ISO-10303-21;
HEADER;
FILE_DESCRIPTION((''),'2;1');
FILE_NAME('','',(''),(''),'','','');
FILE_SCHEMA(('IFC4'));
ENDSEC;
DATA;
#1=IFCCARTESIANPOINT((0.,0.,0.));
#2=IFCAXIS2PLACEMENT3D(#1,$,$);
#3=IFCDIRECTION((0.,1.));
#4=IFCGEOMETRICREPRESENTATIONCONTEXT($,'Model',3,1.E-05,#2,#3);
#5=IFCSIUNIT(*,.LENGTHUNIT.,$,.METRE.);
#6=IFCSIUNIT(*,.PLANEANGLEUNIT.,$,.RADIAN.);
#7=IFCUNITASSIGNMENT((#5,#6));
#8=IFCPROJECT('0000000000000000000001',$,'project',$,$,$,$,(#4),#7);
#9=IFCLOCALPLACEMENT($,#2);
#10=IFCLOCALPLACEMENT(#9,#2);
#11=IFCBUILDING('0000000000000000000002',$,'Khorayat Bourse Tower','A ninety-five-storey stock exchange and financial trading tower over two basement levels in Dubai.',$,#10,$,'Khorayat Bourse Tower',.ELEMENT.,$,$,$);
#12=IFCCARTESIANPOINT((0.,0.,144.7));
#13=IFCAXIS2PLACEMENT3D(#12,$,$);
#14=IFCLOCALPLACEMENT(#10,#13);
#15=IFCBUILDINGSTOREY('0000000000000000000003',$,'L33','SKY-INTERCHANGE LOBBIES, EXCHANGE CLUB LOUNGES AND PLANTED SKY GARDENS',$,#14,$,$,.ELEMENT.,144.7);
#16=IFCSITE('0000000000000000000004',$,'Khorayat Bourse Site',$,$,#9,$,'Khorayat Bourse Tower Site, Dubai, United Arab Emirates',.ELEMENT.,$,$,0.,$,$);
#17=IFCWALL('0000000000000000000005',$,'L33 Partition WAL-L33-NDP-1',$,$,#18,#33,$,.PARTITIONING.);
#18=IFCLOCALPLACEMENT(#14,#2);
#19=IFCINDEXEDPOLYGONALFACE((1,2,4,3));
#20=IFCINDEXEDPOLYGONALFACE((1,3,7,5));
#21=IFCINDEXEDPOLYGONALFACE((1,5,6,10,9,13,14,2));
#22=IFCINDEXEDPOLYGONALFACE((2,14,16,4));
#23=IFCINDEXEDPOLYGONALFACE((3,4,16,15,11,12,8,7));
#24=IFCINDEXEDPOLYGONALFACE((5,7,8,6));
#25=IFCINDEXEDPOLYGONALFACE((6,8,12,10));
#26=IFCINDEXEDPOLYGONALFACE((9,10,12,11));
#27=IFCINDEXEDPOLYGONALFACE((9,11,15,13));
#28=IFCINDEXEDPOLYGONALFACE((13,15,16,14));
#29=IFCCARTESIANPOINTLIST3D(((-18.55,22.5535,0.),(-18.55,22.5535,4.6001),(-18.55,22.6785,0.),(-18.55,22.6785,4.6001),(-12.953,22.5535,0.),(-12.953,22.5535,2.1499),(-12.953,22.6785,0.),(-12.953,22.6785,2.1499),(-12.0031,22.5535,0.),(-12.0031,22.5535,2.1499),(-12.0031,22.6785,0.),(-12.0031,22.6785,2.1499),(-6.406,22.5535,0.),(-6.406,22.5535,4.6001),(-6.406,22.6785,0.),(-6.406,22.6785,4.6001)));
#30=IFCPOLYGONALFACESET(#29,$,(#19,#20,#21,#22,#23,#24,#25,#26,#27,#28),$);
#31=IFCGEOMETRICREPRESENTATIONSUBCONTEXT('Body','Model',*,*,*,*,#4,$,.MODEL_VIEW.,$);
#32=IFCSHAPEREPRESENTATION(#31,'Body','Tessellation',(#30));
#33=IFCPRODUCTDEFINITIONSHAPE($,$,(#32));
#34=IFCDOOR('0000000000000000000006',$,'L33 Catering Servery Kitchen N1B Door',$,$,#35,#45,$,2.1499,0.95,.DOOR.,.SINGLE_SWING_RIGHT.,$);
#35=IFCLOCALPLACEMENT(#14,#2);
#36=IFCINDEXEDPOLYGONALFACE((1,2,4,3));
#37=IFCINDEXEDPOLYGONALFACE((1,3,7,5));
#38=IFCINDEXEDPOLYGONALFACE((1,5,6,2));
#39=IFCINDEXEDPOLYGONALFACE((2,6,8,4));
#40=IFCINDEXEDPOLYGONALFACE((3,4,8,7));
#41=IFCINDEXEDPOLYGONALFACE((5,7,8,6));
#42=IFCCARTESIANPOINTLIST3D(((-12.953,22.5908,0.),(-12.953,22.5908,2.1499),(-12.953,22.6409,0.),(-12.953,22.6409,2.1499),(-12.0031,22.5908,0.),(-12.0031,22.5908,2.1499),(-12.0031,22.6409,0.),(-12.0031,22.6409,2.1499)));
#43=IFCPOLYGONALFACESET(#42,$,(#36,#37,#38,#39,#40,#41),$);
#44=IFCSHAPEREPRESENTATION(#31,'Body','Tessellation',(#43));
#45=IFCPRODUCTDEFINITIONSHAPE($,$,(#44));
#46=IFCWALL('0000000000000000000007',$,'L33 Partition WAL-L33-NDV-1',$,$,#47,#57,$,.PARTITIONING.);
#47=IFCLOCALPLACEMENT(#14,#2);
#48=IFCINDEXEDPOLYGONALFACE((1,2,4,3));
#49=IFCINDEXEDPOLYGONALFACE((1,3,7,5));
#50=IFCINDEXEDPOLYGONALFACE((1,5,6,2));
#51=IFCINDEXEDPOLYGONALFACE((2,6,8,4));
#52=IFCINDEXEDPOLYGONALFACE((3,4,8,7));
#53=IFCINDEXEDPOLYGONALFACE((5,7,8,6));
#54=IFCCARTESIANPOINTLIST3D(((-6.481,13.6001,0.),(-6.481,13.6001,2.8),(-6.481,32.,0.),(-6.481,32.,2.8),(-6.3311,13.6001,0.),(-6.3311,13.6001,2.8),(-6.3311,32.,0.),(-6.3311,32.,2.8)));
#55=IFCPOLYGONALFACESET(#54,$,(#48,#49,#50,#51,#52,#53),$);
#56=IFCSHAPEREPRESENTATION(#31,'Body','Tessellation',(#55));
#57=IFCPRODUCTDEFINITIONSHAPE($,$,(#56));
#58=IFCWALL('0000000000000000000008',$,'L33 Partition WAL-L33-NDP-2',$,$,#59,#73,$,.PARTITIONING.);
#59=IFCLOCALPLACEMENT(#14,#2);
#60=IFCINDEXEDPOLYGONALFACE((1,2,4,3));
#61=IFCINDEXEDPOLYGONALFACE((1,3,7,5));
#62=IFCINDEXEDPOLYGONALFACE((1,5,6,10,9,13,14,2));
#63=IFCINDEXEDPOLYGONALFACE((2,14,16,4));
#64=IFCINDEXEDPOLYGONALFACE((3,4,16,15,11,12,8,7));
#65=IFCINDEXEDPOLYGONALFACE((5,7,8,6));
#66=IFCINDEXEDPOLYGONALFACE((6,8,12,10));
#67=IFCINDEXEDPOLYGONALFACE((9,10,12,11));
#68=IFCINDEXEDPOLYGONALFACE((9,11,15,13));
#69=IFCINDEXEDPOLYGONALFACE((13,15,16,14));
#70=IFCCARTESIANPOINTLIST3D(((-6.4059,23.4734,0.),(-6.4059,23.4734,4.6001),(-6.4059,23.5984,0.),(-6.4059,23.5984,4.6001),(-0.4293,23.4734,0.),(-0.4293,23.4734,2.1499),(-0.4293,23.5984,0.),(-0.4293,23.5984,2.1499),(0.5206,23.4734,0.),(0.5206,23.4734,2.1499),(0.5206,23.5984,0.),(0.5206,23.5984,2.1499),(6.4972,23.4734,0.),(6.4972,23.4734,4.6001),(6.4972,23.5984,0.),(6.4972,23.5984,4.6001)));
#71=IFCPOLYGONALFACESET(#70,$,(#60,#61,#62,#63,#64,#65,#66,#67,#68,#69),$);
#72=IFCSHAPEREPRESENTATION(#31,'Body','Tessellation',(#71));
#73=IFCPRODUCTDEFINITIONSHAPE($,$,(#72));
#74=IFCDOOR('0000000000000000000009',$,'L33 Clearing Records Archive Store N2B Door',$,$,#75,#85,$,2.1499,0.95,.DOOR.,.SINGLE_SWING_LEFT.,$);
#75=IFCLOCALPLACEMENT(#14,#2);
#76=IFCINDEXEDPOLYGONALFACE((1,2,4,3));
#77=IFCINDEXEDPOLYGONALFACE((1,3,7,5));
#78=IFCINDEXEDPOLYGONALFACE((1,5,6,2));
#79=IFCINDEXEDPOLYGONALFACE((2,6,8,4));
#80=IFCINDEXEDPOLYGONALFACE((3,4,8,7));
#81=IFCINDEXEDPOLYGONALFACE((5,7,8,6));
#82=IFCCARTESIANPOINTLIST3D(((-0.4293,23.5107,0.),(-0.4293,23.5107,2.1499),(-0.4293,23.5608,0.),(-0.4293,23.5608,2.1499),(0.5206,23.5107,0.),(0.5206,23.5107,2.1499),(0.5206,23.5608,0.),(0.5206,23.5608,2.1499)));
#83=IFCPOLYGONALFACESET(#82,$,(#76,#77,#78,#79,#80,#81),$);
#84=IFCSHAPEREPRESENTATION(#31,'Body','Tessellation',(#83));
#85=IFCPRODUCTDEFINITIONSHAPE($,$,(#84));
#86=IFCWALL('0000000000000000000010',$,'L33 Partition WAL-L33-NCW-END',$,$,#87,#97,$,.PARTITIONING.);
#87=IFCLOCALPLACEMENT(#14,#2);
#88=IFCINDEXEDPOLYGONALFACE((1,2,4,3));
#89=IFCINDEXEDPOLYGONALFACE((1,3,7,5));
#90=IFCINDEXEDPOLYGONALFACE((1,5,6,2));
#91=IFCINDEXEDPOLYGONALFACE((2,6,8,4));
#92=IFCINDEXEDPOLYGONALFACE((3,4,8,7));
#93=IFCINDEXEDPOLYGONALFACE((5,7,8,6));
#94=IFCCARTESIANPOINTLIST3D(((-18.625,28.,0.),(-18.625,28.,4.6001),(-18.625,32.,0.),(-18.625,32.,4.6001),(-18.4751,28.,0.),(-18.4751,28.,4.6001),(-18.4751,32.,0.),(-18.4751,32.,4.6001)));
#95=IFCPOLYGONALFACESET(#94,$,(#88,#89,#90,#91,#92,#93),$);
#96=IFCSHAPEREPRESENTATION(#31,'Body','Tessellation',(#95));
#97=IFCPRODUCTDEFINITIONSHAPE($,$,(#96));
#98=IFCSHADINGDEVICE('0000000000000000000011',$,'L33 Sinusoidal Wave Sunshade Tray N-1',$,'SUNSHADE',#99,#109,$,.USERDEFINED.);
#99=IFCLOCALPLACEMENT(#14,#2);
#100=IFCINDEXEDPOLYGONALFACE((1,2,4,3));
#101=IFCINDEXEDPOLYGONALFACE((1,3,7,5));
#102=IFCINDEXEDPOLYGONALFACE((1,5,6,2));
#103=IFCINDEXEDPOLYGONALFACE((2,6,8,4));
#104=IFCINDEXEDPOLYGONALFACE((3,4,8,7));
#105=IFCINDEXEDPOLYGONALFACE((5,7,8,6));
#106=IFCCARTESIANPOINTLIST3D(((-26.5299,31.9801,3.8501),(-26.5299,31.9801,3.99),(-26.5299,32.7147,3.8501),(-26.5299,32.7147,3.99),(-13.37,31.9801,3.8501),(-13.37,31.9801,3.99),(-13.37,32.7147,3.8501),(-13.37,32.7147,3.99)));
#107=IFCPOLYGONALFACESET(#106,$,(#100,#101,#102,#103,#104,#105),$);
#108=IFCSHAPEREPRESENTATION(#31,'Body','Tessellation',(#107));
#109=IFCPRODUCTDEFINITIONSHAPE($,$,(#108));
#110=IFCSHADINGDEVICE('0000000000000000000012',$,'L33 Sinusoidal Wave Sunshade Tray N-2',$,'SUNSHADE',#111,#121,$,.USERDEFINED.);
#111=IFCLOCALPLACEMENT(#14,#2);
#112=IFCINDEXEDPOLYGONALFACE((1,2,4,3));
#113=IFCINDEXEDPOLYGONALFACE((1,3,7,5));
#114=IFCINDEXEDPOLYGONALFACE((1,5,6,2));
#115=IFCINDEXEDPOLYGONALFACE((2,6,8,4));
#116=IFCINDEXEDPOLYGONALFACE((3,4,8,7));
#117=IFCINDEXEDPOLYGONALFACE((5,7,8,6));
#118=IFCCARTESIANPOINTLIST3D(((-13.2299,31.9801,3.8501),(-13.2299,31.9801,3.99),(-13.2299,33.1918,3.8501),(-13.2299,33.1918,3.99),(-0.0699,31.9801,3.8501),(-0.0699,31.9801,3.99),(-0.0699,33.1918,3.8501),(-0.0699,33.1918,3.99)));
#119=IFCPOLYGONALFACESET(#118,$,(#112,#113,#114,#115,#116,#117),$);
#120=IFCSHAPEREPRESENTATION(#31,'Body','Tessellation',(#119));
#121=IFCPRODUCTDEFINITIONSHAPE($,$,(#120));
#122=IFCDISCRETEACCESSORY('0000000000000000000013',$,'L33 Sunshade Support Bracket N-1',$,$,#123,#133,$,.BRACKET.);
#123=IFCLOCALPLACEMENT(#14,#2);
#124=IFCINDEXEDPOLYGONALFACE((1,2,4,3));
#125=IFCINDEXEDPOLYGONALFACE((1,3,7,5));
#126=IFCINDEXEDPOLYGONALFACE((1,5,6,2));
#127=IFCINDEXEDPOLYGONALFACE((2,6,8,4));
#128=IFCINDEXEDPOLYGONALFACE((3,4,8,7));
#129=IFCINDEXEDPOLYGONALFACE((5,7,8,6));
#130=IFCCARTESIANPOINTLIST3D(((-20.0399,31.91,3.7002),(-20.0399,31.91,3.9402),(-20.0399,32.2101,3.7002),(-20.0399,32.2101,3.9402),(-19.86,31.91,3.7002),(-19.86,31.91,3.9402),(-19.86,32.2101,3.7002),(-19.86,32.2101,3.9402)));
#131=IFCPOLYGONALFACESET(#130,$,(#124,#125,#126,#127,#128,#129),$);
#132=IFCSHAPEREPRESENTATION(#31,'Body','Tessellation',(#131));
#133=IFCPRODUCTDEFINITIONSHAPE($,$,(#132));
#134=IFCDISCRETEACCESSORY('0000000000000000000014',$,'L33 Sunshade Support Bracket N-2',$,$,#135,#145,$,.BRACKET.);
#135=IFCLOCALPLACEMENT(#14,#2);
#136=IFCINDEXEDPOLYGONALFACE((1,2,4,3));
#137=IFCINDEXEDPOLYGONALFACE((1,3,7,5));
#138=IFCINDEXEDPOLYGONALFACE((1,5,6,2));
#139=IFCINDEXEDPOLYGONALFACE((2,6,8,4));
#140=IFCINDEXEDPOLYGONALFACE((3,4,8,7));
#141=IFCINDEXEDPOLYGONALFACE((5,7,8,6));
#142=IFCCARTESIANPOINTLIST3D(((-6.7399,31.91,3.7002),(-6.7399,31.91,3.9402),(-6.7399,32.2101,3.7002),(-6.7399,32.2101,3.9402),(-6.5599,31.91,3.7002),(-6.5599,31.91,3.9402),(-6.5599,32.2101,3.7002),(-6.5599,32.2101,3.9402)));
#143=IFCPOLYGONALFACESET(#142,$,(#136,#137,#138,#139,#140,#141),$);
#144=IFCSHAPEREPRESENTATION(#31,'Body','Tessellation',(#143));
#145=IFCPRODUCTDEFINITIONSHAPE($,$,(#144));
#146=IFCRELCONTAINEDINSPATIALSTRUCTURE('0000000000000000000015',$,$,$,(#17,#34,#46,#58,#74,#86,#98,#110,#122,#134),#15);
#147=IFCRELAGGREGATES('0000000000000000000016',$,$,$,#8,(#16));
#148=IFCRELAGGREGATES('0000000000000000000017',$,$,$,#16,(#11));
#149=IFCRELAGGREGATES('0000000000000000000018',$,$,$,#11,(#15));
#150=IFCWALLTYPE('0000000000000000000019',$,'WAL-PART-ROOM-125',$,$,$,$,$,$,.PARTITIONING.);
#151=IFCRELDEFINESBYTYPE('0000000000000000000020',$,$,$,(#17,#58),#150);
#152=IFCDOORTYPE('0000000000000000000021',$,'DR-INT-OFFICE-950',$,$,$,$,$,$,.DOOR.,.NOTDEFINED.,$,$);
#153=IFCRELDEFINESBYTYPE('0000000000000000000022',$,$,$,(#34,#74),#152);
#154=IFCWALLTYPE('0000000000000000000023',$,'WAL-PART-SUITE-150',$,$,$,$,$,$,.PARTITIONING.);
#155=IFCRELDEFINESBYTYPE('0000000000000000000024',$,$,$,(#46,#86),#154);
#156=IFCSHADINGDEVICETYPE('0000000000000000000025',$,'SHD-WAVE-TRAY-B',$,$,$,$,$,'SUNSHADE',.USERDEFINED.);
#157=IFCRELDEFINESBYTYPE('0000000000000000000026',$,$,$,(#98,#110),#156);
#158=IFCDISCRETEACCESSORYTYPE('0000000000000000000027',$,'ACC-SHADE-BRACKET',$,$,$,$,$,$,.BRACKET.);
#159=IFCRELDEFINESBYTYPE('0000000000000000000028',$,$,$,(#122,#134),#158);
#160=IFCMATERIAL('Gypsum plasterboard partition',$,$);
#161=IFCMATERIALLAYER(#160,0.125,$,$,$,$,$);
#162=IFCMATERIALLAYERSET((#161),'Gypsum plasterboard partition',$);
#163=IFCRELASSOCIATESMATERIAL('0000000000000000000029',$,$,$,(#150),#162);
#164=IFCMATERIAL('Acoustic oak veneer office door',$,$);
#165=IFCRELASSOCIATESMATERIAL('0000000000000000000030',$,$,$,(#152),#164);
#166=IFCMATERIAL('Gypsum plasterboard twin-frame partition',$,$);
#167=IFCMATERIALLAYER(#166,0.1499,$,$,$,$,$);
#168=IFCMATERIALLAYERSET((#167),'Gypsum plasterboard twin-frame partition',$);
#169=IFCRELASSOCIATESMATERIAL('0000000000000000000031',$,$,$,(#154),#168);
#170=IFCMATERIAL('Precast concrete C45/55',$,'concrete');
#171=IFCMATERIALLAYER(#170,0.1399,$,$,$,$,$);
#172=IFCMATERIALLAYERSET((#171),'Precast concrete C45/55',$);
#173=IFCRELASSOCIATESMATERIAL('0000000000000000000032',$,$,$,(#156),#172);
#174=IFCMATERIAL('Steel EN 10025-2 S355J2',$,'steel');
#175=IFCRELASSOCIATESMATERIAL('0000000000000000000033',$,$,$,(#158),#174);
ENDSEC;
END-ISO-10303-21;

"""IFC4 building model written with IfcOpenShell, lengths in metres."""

from ifc_helpers import new_model, si_unit, direction, frame, frame_2d, origin, origin_2d, place, context, subcontext, project, spatial, rectangle, extrude, source, transform, mapped, material, layer, layer_set, type_object, element, fill, save


model = new_model("IFC4")

# Units and contexts
model_context = context("Model", 3, precision=1e-05, world=origin(), true_north=direction((0.0, 1.0)))
body_context = subcontext(model_context, "Body", "Model", "MODEL_VIEW")
ifc_project = project(units=[si_unit("LENGTHUNIT", "METRE"), si_unit("PLANEANGLEUNIT", "RADIAN")], contexts=[model_context])

# Site, building, storey
site_placement = place(None, origin())
site = spatial("IfcSite", under=ifc_project, at=site_placement, Name="Khorayat Bourse Site", LongName="Khorayat Bourse Tower Site, Dubai, United Arab Emirates", CompositionType="ELEMENT", RefElevation=0.0)
building_placement = place(site_placement, origin())
building = spatial("IfcBuilding", under=site, at=building_placement, Name="Khorayat Bourse Tower", Description="A ninety-five-storey stock exchange and financial trading tower over two basement levels in Dubai.", LongName="Khorayat Bourse Tower", CompositionType="ELEMENT")
storey_placement = place(building_placement, frame((0.0, 0.0, 144.7)))
storey = spatial("IfcBuildingStorey", under=building, at=storey_placement, Name="L33", Description="SKY-INTERCHANGE LOBBIES, EXCHANGE CLUB LOUNGES AND PLANTED SKY GARDENS", CompositionType="ELEMENT", Elevation=144.7)

# Shared definitions
ifc_material_1 = material(Name="Steel EN 10025-2 S355J2", Category="steel")

# Wall, opening, door
ifc_material_2 = material(Name="Gypsum plasterboard partition")
ifc_layer_1 = layer(ifc_material_2, 0.125)
ifc_layer_set_1 = layer_set([ifc_layer_1], Name="Gypsum plasterboard partition")
wall_type_1 = type_object("IfcWallType", Name="WAL-PART-ROOM-125", PredefinedType="PARTITIONING", material=ifc_layer_set_1)
shared_shape_1 = source(origin(), body_context, "Body", "SweptSolid", [
    extrude(rectangle(XDim=12.144, YDim=0.125, at=frame_2d((6.072, 0.0))), origin(), (0.0, 0.0, 1.0), 4.6001),
])
wall_1_placement = place(storey_placement, frame((-18.55, 22.616, 0.0), z_axis=(0.0, 0.0, 1.0), x_axis=(1.0, 0.0, 0.0)))
wall_1 = element("IfcWall", 1, at=wall_1_placement, inside=storey, type_object=wall_type_1, Name="L33 Partition WAL-L33-NDP-1", PredefinedType="PARTITIONING", context=body_context, shape_type="MappedRepresentation", body=[
    mapped(shared_shape_1, transform((0.0, 0.0, 0.0), scale=1.0)),
])
shared_shape_2 = source(origin(), body_context, "Body", "SweptSolid", [
    extrude(rectangle(XDim=0.95, YDim=2.1499, at=frame_2d((0.4751, 1.075))), frame((0.0, 0.0725, 0.0), z_axis=(0.0, -1.0, 0.0), x_axis=(1.0, 0.0, 0.0)), (0.0, 0.0, 1.0), 0.145),
])
opening_1_placement = place(wall_1_placement, frame((5.5969, 0.0, 0.0)))
opening_1 = element("IfcOpeningElement", 2, at=opening_1_placement, cuts=wall_1, PredefinedType="OPENING", context=body_context, shape_type="MappedRepresentation", body=[
    mapped(shared_shape_2, transform((0.0, 0.0, 0.0), scale=1.0)),
])
ifc_material_3 = material(Name="Acoustic oak veneer office door")
door_type_1 = type_object("IfcDoorType", Name="DR-INT-OFFICE-950", OperationType="NOTDEFINED", PredefinedType="DOOR", material=ifc_material_3)
shared_shape_3 = source(origin(), body_context, "Body", "SweptSolid", [
    extrude(rectangle(XDim=0.95, YDim=2.1499, at=frame_2d((0.4751, 1.075))), frame((0.0, 0.0249, 0.0), z_axis=(0.0, -1.0, 0.0), x_axis=(1.0, 0.0, 0.0)), (0.0, 0.0, 1.0), 0.05),
])
door_1_placement = place(opening_1_placement, origin())
door_1 = element("IfcDoor", 3, at=door_1_placement, inside=storey, type_object=door_type_1, Name="L33 Catering Servery Kitchen N1B Door", OperationType="SINGLE_SWING_RIGHT", OverallHeight=2.1499, OverallWidth=0.95, PredefinedType="DOOR", context=body_context, shape_type="MappedRepresentation", body=[
    mapped(shared_shape_3, transform((0.0, 0.0, 0.0), scale=1.0)),
])
fill(opening_1, door_1)

# Wall
ifc_material_4 = material(Name="Gypsum plasterboard twin-frame partition")
ifc_layer_2 = layer(ifc_material_4, 0.1499)
ifc_layer_set_2 = layer_set([ifc_layer_2], Name="Gypsum plasterboard twin-frame partition")
wall_type_2 = type_object("IfcWallType", Name="WAL-PART-SUITE-150", PredefinedType="PARTITIONING", material=ifc_layer_set_2)
shared_shape_4 = source(origin(), body_context, "Body", "SweptSolid", [
    extrude(rectangle(XDim=18.3999, YDim=0.1499, at=frame_2d((9.2, 0.0))), origin(), (0.0, 0.0, 1.0), 2.8),
])
wall_2_placement = place(storey_placement, frame((-6.406, 13.6001, 0.0), z_axis=(0.0, 0.0, 1.0), x_axis=(0.0, 1.0, 0.0)))
element("IfcWall", 4, at=wall_2_placement, inside=storey, type_object=wall_type_2, Name="L33 Partition WAL-L33-NDV-1", PredefinedType="PARTITIONING", context=body_context, shape_type="MappedRepresentation", body=[
    mapped(shared_shape_4, transform((0.0, 0.0, 0.0), scale=1.0)),
])

# Wall, opening, door
shared_shape_5 = source(origin(), body_context, "Body", "SweptSolid", [
    extrude(rectangle(XDim=12.9031, YDim=0.125, at=frame_2d((6.4517, 0.0))), origin(), (0.0, 0.0, 1.0), 4.6001),
])
wall_3_placement = place(storey_placement, frame((-6.406, 23.5359, 0.0), z_axis=(0.0, 0.0, 1.0), x_axis=(1.0, 0.0, 0.0)))
wall_3 = element("IfcWall", 5, at=wall_3_placement, inside=storey, type_object=wall_type_1, Name="L33 Partition WAL-L33-NDP-2", PredefinedType="PARTITIONING", context=body_context, shape_type="MappedRepresentation", body=[
    mapped(shared_shape_5, transform((0.0, 0.0, 0.0), scale=1.0)),
])
opening_2_placement = place(wall_3_placement, frame((5.9766, 0.0, 0.0)))
opening_2 = element("IfcOpeningElement", 6, at=opening_2_placement, cuts=wall_3, PredefinedType="OPENING", context=body_context, shape_type="MappedRepresentation", body=[
    mapped(shared_shape_2, transform((0.0, 0.0, 0.0), scale=1.0)),
])
door_2_placement = place(opening_2_placement, origin())
door_2 = element("IfcDoor", 7, at=door_2_placement, inside=storey, type_object=door_type_1, Name="L33 Clearing Records Archive Store N2B Door", OperationType="SINGLE_SWING_LEFT", OverallHeight=2.1499, OverallWidth=0.95, PredefinedType="DOOR", context=body_context, shape_type="MappedRepresentation", body=[
    mapped(shared_shape_3, transform((0.0, 0.0, 0.0), scale=1.0)),
])
fill(opening_2, door_2)

# Wall
shared_shape_6 = source(origin(), body_context, "Body", "SweptSolid", [
    extrude(rectangle(XDim=4.0, YDim=0.1499, at=frame_2d((2.0, 0.0))), origin(), (0.0, 0.0, 1.0), 4.6001),
])
wall_4_placement = place(storey_placement, frame((-18.55, 28.0, 0.0), z_axis=(0.0, 0.0, 1.0), x_axis=(0.0, 1.0, 0.0)))
element("IfcWall", 8, at=wall_4_placement, inside=storey, type_object=wall_type_2, Name="L33 Partition WAL-L33-NCW-END", PredefinedType="PARTITIONING", context=body_context, shape_type="MappedRepresentation", body=[
    mapped(shared_shape_6, transform((0.0, 0.0, 0.0), scale=1.0)),
])

# Shading devices
ifc_material_5 = material(Name="Precast concrete C45/55", Category="concrete")
ifc_layer_3 = layer(ifc_material_5, 0.1399)
ifc_layer_set_3 = layer_set([ifc_layer_3], Name="Precast concrete C45/55")
shading_device_type = type_object("IfcShadingDeviceType", Name="SHD-WAVE-TRAY-B", ElementType="SUNSHADE", PredefinedType="USERDEFINED", material=ifc_layer_set_3)
shared_shape_7 = source(origin(), body_context, "Body", "SweptSolid", [
    extrude(rectangle(XDim=13.1599, YDim=0.7346, at=origin_2d()), origin(), (0.0, 0.0, 1.0), 0.1399),
])
shading_device_1_placement = place(storey_placement, frame((-19.95, 32.3474, 3.8501), z_axis=(0.0, 0.0, 1.0), x_axis=(1.0, 0.0, 0.0)))
element("IfcShadingDevice", 9, at=shading_device_1_placement, inside=storey, type_object=shading_device_type, Name="L33 Sinusoidal Wave Sunshade Tray N-1", ObjectType="SUNSHADE", PredefinedType="USERDEFINED", context=body_context, shape_type="MappedRepresentation", body=[
    mapped(shared_shape_7, transform((0.0, 0.0, 0.0), scale=1.0)),
])
shared_shape_8 = source(origin(), body_context, "Body", "SweptSolid", [
    extrude(rectangle(XDim=13.1599, YDim=1.2117, at=origin_2d()), origin(), (0.0, 0.0, 1.0), 0.1399),
])
shading_device_2_placement = place(storey_placement, frame((-6.6499, 32.5859, 3.8501), z_axis=(0.0, 0.0, 1.0), x_axis=(1.0, 0.0, 0.0)))
element("IfcShadingDevice", 10, at=shading_device_2_placement, inside=storey, type_object=shading_device_type, Name="L33 Sinusoidal Wave Sunshade Tray N-2", ObjectType="SUNSHADE", PredefinedType="USERDEFINED", context=body_context, shape_type="MappedRepresentation", body=[
    mapped(shared_shape_8, transform((0.0, 0.0, 0.0), scale=1.0)),
])

# Discrete accessories
discrete_accessory_type = type_object("IfcDiscreteAccessoryType", Name="ACC-SHADE-BRACKET", PredefinedType="BRACKET", material=ifc_material_1)
shared_shape_9 = source(origin(), body_context, "Body", "SweptSolid", [
    extrude(rectangle(XDim=0.1799, YDim=0.3, at=origin_2d()), origin(), (0.0, 0.0, 1.0), 0.24),
])
for number, where, z_axis, x_axis, name in (
    (11, (-19.95, 32.0601, 3.7002), (0.0, 0.0, 1.0), (1.0, 0.0, 0.0), "L33 Sunshade Support Bracket N-1"),
    (12, (-6.6499, 32.0601, 3.7002), (0.0, 0.0, 1.0), (1.0, 0.0, 0.0), "L33 Sunshade Support Bracket N-2"),
):
    element("IfcDiscreteAccessory", number, at=place(storey_placement, frame(where, z_axis=z_axis, x_axis=x_axis)), inside=storey, type_object=discrete_accessory_type, Name=name, PredefinedType="BRACKET", context=body_context, shape_type="MappedRepresentation", body=[
        mapped(shared_shape_9, transform((0.0, 0.0, 0.0), scale=1.0)),
    ])

save(model, "model.ifc")
